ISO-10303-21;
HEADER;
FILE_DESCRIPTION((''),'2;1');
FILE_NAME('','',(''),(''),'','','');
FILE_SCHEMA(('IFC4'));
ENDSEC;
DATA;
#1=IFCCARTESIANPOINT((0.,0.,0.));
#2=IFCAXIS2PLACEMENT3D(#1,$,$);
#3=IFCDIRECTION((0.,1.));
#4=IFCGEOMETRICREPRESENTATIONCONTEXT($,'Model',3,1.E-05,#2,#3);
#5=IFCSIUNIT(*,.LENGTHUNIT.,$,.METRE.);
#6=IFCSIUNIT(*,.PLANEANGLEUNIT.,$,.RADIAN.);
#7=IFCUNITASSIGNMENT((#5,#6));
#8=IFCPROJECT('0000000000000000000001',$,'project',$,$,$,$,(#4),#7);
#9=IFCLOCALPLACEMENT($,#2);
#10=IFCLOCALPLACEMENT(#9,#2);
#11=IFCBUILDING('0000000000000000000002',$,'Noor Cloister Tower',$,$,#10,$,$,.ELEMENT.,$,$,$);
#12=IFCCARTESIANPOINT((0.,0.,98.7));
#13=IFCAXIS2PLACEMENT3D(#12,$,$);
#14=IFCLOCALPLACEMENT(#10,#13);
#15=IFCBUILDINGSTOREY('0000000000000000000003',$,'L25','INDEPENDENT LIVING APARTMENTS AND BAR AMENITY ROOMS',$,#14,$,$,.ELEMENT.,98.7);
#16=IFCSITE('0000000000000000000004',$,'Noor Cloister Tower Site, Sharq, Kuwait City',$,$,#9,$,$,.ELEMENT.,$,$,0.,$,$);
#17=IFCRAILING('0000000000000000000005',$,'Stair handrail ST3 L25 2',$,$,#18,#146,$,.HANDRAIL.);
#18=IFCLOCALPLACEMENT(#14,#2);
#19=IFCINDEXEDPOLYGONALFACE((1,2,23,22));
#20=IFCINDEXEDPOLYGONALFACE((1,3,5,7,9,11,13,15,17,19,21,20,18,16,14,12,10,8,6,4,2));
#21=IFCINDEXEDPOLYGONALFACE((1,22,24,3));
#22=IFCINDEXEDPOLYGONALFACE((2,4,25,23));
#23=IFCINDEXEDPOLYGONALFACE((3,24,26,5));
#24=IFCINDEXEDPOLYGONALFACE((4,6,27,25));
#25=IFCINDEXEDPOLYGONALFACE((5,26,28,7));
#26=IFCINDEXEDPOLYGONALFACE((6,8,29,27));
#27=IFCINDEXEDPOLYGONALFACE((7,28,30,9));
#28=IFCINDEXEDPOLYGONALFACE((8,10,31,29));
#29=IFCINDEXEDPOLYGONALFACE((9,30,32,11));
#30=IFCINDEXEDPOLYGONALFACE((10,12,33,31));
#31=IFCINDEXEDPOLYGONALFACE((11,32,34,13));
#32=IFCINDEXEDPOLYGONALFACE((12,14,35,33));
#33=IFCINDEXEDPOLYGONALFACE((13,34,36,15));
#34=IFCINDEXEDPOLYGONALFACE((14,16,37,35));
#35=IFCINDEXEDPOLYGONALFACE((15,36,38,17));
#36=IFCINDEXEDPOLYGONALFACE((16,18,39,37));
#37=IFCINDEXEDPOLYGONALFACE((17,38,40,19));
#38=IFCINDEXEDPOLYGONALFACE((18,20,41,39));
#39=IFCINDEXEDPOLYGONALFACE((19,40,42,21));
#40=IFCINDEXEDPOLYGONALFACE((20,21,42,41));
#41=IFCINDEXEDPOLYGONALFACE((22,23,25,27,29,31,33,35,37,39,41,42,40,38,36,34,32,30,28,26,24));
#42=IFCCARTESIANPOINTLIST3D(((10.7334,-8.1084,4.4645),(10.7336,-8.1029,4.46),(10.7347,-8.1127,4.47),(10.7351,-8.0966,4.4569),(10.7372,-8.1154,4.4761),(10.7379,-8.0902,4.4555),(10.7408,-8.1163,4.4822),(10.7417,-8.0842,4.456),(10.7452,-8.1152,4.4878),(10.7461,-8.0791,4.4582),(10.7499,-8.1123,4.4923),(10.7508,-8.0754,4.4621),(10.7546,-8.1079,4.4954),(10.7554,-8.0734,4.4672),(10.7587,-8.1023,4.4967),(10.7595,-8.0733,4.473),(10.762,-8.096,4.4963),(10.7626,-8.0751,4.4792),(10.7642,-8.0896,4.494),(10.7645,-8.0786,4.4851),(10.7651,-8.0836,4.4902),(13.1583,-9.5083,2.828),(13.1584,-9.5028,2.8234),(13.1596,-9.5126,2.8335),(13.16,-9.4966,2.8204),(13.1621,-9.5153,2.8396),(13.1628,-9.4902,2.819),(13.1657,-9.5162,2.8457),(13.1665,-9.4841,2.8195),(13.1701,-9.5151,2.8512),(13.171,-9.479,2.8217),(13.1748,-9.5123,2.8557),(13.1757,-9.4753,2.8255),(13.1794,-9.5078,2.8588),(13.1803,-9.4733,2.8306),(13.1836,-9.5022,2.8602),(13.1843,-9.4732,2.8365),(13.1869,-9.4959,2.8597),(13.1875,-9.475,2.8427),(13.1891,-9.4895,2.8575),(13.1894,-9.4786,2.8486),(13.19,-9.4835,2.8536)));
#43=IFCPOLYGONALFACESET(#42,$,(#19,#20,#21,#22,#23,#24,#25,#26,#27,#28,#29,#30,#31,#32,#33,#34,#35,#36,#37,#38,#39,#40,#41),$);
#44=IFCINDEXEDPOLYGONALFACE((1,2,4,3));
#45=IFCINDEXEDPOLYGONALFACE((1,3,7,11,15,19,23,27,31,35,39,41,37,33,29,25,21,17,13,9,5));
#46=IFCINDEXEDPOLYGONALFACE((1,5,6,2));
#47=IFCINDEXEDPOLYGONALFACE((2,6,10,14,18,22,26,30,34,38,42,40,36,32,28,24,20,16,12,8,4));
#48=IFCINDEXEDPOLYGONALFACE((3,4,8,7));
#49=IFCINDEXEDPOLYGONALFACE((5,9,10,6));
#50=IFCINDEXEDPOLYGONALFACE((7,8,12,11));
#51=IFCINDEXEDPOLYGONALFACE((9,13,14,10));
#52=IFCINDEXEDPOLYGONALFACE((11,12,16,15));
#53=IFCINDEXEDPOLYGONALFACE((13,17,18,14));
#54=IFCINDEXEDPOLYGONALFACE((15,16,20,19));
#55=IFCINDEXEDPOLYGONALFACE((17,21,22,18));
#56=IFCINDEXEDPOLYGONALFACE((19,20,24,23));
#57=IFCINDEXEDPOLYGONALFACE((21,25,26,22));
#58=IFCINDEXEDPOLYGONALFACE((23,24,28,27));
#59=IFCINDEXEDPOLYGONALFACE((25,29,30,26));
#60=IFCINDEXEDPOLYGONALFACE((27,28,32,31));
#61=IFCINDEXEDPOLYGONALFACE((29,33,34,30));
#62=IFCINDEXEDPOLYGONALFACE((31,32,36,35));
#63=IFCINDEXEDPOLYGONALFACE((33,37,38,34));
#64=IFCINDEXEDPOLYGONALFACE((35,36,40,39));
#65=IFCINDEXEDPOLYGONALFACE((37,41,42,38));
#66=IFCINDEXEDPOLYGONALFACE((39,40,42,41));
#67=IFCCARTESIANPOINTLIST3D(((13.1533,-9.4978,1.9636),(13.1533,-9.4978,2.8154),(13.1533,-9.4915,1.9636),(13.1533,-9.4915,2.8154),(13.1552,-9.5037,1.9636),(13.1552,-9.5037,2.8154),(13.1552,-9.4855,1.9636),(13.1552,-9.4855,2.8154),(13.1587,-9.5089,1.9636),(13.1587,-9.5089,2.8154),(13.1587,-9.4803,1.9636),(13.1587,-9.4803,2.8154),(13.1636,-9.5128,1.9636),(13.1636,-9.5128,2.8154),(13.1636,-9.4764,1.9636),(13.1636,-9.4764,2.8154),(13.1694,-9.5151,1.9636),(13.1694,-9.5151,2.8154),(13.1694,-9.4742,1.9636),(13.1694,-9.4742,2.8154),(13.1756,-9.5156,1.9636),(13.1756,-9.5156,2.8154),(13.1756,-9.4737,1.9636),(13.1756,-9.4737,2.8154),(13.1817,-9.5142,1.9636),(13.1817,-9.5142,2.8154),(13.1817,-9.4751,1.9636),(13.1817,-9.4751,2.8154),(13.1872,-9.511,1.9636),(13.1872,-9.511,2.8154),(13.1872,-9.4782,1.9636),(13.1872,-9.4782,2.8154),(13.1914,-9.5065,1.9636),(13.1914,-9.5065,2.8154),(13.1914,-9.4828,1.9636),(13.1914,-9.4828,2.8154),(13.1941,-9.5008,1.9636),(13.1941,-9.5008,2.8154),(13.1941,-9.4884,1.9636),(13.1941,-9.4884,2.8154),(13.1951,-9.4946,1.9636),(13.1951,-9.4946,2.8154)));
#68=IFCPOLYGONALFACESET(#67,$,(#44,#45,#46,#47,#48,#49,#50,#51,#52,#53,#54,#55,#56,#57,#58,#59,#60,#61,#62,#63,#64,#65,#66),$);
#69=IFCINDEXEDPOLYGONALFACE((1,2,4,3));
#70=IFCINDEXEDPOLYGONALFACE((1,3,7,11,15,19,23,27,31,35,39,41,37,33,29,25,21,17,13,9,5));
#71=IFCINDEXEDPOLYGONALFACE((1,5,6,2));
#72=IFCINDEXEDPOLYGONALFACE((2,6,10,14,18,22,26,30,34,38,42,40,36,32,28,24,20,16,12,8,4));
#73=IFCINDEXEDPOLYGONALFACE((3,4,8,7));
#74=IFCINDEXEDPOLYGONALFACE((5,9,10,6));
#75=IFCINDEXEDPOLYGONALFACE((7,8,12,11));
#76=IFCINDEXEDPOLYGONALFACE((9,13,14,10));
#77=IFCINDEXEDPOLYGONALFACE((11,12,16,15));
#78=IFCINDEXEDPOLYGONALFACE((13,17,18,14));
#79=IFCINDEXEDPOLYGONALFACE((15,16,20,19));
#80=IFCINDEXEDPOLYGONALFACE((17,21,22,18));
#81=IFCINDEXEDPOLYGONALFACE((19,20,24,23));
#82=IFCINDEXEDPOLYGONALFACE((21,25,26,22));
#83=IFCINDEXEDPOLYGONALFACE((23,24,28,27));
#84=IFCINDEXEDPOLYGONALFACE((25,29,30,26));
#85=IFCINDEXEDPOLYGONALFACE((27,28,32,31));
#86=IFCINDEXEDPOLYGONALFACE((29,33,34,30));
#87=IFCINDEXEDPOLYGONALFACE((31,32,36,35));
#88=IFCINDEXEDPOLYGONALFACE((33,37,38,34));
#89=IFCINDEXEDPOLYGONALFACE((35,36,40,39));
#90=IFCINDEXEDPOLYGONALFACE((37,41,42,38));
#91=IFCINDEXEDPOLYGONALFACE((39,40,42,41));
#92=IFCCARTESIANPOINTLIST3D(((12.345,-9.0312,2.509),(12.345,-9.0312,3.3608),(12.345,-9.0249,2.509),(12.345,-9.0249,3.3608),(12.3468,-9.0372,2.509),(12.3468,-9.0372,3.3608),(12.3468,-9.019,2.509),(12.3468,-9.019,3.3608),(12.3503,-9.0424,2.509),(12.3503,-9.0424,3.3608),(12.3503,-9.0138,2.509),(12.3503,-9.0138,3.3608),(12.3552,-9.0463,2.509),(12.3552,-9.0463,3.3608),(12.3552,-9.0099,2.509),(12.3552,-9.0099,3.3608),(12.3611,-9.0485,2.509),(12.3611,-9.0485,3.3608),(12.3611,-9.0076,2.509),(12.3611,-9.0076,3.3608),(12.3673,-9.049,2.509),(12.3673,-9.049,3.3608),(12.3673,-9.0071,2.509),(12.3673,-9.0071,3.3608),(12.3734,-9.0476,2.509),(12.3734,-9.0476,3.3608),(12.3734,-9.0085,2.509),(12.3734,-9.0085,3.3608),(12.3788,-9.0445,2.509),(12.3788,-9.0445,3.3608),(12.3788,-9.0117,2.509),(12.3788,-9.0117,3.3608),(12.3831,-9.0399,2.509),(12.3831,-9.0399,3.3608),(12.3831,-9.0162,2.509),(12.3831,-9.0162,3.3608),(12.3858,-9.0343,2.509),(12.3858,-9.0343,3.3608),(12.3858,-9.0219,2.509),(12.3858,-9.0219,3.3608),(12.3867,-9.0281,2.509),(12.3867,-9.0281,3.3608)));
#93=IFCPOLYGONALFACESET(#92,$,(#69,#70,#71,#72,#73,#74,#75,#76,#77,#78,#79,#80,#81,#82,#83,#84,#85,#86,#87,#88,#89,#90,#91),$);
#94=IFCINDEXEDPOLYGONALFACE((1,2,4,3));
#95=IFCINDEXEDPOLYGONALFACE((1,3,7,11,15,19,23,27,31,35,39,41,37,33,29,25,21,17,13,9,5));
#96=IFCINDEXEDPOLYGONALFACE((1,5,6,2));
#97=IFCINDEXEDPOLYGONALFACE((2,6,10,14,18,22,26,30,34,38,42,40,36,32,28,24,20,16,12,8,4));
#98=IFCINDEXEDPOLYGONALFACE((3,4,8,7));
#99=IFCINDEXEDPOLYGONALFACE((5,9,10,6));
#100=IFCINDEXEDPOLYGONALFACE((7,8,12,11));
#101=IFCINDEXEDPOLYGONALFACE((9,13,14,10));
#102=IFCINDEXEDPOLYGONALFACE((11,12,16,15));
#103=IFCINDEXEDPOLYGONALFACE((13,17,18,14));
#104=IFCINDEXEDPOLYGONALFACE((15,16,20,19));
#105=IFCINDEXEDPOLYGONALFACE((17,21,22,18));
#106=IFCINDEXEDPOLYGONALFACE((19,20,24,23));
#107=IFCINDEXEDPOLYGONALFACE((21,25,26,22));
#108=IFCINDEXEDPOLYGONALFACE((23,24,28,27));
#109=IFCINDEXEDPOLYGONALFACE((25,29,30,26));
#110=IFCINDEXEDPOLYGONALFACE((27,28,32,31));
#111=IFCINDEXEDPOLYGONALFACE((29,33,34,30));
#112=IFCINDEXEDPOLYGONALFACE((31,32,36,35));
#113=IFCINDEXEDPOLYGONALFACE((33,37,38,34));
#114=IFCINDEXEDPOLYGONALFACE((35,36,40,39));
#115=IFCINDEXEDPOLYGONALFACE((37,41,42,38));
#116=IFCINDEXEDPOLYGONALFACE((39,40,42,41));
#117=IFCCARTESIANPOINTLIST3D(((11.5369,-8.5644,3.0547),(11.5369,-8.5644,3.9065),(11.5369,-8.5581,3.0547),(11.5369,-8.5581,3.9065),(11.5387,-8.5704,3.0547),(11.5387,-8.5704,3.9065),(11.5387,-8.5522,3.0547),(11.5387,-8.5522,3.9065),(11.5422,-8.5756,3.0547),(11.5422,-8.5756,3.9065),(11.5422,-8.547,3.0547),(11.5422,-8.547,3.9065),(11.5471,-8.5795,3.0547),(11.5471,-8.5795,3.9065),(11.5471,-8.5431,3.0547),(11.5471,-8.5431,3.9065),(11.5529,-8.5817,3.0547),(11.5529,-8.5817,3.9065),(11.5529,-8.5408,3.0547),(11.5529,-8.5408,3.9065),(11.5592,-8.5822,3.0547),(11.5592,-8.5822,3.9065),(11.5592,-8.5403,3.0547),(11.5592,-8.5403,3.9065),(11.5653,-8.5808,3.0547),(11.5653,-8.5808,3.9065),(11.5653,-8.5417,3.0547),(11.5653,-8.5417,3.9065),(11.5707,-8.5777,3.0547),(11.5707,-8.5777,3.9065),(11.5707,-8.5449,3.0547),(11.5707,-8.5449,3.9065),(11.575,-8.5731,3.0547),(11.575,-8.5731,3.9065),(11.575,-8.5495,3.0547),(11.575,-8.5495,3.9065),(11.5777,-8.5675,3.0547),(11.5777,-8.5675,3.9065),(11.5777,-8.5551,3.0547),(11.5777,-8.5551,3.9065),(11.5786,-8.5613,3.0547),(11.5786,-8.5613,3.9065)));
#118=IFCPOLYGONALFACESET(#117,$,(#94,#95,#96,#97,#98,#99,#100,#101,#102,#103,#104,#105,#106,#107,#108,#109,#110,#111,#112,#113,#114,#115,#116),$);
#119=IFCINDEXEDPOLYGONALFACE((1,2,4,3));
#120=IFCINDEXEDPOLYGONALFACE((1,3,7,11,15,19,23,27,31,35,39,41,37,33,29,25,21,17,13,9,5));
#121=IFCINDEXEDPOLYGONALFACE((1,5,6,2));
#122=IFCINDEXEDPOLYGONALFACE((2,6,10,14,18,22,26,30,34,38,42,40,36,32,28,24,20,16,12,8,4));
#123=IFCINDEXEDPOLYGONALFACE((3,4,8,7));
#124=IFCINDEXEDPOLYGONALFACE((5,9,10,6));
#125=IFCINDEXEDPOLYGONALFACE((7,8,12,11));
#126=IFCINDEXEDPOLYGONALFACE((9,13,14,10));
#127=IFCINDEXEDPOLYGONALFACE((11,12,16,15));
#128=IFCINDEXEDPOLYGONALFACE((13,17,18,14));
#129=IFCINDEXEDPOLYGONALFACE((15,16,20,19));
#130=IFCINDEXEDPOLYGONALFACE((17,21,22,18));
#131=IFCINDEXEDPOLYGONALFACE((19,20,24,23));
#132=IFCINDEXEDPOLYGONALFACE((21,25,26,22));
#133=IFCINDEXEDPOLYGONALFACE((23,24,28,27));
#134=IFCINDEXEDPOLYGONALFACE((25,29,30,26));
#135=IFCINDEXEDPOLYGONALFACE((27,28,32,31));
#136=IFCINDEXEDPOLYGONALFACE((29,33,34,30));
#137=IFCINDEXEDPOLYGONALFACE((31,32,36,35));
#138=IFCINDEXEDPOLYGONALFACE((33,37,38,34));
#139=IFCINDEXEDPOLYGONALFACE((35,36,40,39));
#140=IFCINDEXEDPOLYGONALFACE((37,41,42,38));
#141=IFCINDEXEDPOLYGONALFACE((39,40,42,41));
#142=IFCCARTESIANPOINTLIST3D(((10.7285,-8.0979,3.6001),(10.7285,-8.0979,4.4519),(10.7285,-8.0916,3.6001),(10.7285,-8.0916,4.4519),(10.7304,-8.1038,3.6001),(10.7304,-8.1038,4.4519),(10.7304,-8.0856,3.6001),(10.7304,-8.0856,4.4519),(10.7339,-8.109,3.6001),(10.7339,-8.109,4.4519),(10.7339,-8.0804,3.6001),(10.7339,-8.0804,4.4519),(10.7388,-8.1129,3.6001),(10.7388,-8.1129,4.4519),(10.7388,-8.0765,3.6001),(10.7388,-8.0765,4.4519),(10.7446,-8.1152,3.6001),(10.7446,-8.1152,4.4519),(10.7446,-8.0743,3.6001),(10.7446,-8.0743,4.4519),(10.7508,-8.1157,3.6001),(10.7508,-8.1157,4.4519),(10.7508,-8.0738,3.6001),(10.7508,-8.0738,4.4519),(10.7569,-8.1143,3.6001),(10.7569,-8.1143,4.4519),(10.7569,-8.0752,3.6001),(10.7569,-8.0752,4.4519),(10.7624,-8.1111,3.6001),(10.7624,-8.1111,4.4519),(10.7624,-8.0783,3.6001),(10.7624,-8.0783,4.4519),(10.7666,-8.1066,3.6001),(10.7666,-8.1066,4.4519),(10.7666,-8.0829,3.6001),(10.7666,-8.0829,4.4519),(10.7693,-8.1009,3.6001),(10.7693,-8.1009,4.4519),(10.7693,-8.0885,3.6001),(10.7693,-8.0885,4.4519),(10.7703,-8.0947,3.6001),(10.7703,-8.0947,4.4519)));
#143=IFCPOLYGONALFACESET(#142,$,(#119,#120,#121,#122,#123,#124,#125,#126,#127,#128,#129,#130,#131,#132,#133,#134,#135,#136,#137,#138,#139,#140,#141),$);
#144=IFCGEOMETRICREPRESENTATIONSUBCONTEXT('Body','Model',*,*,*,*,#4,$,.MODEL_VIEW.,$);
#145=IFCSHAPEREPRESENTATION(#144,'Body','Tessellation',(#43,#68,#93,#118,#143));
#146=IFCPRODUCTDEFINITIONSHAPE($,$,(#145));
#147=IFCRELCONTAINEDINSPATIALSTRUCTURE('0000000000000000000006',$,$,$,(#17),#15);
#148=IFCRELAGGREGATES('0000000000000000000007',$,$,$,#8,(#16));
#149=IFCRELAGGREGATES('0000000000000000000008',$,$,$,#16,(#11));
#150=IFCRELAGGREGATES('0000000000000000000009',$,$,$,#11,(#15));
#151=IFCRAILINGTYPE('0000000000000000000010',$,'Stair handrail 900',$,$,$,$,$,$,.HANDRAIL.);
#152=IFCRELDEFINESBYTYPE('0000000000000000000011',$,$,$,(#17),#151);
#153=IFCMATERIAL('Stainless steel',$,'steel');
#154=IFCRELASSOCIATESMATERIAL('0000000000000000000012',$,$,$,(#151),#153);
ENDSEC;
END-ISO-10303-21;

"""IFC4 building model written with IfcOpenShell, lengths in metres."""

from ifc_helpers import new_model, si_unit, direction, frame, origin, origin_2d, place, context, subcontext, project, spatial, circle, extrude, material, type_object, element, save


model = new_model("IFC4")

# Units and contexts
model_context = context("Model", 3, precision=1e-05, world=origin(), true_north=direction((0.0, 1.0)))
body_context = subcontext(model_context, "Body", "Model", "MODEL_VIEW")
ifc_project = project(units=[si_unit("LENGTHUNIT", "METRE"), si_unit("PLANEANGLEUNIT", "RADIAN")], contexts=[model_context])

# Site, building, storey
site_placement = place(None, origin())
site = spatial("IfcSite", under=ifc_project, at=site_placement, Name="Noor Cloister Tower Site, Sharq, Kuwait City", CompositionType="ELEMENT", RefElevation=0.0)
building_placement = place(site_placement, origin())
building = spatial("IfcBuilding", under=site, at=building_placement, Name="Noor Cloister Tower", CompositionType="ELEMENT")
storey_placement = place(building_placement, frame((0.0, 0.0, 98.7)))
storey = spatial("IfcBuildingStorey", under=building, at=storey_placement, Name="L25", Description="INDEPENDENT LIVING APARTMENTS AND BAR AMENITY ROOMS", CompositionType="ELEMENT", Elevation=98.7)

# Railing
ifc_material_1 = material(Name="Stainless steel", Category="steel")
railing_type_1 = type_object("IfcRailingType", Name="Stair handrail 900", PredefinedType="HANDRAIL", material=ifc_material_1)
railing_1_placement = place(storey_placement, frame((13.1741, -9.4946, 1.9636)))
element("IfcRailing", 1, at=railing_1_placement, inside=storey, type_object=railing_type_1, Name="Stair handrail ST3 L25 2", PredefinedType="HANDRAIL", context=body_context, shape_type="SweptSolid", body=[
    extrude(circle(Radius=0.0239, at=origin_2d()), frame((0.0, 0.0, 0.876), z_axis=(-0.74769, 0.431661, 0.504608), x_axis=(-0.499984, -0.866035, 0.0)), (0.0, 0.0, 1.0), 3.2432),
    extrude(circle(Radius=0.021, at=origin_2d()), origin(), (0.0, 0.0, 1.0), 0.8518),
    extrude(circle(Radius=0.021, at=origin_2d()), frame((-0.8083, 0.4666, 0.5454)), (0.0, 0.0, 1.0), 0.8518),
    extrude(circle(Radius=0.021, at=origin_2d()), frame((-1.6165, 0.9333, 1.0911)), (0.0, 0.0, 1.0), 0.8518),
    extrude(circle(Radius=0.021, at=origin_2d()), frame((-2.4248, 1.3999, 1.6365)), (0.0, 0.0, 1.0), 0.8518),
])

save(model, "model.ifc")
